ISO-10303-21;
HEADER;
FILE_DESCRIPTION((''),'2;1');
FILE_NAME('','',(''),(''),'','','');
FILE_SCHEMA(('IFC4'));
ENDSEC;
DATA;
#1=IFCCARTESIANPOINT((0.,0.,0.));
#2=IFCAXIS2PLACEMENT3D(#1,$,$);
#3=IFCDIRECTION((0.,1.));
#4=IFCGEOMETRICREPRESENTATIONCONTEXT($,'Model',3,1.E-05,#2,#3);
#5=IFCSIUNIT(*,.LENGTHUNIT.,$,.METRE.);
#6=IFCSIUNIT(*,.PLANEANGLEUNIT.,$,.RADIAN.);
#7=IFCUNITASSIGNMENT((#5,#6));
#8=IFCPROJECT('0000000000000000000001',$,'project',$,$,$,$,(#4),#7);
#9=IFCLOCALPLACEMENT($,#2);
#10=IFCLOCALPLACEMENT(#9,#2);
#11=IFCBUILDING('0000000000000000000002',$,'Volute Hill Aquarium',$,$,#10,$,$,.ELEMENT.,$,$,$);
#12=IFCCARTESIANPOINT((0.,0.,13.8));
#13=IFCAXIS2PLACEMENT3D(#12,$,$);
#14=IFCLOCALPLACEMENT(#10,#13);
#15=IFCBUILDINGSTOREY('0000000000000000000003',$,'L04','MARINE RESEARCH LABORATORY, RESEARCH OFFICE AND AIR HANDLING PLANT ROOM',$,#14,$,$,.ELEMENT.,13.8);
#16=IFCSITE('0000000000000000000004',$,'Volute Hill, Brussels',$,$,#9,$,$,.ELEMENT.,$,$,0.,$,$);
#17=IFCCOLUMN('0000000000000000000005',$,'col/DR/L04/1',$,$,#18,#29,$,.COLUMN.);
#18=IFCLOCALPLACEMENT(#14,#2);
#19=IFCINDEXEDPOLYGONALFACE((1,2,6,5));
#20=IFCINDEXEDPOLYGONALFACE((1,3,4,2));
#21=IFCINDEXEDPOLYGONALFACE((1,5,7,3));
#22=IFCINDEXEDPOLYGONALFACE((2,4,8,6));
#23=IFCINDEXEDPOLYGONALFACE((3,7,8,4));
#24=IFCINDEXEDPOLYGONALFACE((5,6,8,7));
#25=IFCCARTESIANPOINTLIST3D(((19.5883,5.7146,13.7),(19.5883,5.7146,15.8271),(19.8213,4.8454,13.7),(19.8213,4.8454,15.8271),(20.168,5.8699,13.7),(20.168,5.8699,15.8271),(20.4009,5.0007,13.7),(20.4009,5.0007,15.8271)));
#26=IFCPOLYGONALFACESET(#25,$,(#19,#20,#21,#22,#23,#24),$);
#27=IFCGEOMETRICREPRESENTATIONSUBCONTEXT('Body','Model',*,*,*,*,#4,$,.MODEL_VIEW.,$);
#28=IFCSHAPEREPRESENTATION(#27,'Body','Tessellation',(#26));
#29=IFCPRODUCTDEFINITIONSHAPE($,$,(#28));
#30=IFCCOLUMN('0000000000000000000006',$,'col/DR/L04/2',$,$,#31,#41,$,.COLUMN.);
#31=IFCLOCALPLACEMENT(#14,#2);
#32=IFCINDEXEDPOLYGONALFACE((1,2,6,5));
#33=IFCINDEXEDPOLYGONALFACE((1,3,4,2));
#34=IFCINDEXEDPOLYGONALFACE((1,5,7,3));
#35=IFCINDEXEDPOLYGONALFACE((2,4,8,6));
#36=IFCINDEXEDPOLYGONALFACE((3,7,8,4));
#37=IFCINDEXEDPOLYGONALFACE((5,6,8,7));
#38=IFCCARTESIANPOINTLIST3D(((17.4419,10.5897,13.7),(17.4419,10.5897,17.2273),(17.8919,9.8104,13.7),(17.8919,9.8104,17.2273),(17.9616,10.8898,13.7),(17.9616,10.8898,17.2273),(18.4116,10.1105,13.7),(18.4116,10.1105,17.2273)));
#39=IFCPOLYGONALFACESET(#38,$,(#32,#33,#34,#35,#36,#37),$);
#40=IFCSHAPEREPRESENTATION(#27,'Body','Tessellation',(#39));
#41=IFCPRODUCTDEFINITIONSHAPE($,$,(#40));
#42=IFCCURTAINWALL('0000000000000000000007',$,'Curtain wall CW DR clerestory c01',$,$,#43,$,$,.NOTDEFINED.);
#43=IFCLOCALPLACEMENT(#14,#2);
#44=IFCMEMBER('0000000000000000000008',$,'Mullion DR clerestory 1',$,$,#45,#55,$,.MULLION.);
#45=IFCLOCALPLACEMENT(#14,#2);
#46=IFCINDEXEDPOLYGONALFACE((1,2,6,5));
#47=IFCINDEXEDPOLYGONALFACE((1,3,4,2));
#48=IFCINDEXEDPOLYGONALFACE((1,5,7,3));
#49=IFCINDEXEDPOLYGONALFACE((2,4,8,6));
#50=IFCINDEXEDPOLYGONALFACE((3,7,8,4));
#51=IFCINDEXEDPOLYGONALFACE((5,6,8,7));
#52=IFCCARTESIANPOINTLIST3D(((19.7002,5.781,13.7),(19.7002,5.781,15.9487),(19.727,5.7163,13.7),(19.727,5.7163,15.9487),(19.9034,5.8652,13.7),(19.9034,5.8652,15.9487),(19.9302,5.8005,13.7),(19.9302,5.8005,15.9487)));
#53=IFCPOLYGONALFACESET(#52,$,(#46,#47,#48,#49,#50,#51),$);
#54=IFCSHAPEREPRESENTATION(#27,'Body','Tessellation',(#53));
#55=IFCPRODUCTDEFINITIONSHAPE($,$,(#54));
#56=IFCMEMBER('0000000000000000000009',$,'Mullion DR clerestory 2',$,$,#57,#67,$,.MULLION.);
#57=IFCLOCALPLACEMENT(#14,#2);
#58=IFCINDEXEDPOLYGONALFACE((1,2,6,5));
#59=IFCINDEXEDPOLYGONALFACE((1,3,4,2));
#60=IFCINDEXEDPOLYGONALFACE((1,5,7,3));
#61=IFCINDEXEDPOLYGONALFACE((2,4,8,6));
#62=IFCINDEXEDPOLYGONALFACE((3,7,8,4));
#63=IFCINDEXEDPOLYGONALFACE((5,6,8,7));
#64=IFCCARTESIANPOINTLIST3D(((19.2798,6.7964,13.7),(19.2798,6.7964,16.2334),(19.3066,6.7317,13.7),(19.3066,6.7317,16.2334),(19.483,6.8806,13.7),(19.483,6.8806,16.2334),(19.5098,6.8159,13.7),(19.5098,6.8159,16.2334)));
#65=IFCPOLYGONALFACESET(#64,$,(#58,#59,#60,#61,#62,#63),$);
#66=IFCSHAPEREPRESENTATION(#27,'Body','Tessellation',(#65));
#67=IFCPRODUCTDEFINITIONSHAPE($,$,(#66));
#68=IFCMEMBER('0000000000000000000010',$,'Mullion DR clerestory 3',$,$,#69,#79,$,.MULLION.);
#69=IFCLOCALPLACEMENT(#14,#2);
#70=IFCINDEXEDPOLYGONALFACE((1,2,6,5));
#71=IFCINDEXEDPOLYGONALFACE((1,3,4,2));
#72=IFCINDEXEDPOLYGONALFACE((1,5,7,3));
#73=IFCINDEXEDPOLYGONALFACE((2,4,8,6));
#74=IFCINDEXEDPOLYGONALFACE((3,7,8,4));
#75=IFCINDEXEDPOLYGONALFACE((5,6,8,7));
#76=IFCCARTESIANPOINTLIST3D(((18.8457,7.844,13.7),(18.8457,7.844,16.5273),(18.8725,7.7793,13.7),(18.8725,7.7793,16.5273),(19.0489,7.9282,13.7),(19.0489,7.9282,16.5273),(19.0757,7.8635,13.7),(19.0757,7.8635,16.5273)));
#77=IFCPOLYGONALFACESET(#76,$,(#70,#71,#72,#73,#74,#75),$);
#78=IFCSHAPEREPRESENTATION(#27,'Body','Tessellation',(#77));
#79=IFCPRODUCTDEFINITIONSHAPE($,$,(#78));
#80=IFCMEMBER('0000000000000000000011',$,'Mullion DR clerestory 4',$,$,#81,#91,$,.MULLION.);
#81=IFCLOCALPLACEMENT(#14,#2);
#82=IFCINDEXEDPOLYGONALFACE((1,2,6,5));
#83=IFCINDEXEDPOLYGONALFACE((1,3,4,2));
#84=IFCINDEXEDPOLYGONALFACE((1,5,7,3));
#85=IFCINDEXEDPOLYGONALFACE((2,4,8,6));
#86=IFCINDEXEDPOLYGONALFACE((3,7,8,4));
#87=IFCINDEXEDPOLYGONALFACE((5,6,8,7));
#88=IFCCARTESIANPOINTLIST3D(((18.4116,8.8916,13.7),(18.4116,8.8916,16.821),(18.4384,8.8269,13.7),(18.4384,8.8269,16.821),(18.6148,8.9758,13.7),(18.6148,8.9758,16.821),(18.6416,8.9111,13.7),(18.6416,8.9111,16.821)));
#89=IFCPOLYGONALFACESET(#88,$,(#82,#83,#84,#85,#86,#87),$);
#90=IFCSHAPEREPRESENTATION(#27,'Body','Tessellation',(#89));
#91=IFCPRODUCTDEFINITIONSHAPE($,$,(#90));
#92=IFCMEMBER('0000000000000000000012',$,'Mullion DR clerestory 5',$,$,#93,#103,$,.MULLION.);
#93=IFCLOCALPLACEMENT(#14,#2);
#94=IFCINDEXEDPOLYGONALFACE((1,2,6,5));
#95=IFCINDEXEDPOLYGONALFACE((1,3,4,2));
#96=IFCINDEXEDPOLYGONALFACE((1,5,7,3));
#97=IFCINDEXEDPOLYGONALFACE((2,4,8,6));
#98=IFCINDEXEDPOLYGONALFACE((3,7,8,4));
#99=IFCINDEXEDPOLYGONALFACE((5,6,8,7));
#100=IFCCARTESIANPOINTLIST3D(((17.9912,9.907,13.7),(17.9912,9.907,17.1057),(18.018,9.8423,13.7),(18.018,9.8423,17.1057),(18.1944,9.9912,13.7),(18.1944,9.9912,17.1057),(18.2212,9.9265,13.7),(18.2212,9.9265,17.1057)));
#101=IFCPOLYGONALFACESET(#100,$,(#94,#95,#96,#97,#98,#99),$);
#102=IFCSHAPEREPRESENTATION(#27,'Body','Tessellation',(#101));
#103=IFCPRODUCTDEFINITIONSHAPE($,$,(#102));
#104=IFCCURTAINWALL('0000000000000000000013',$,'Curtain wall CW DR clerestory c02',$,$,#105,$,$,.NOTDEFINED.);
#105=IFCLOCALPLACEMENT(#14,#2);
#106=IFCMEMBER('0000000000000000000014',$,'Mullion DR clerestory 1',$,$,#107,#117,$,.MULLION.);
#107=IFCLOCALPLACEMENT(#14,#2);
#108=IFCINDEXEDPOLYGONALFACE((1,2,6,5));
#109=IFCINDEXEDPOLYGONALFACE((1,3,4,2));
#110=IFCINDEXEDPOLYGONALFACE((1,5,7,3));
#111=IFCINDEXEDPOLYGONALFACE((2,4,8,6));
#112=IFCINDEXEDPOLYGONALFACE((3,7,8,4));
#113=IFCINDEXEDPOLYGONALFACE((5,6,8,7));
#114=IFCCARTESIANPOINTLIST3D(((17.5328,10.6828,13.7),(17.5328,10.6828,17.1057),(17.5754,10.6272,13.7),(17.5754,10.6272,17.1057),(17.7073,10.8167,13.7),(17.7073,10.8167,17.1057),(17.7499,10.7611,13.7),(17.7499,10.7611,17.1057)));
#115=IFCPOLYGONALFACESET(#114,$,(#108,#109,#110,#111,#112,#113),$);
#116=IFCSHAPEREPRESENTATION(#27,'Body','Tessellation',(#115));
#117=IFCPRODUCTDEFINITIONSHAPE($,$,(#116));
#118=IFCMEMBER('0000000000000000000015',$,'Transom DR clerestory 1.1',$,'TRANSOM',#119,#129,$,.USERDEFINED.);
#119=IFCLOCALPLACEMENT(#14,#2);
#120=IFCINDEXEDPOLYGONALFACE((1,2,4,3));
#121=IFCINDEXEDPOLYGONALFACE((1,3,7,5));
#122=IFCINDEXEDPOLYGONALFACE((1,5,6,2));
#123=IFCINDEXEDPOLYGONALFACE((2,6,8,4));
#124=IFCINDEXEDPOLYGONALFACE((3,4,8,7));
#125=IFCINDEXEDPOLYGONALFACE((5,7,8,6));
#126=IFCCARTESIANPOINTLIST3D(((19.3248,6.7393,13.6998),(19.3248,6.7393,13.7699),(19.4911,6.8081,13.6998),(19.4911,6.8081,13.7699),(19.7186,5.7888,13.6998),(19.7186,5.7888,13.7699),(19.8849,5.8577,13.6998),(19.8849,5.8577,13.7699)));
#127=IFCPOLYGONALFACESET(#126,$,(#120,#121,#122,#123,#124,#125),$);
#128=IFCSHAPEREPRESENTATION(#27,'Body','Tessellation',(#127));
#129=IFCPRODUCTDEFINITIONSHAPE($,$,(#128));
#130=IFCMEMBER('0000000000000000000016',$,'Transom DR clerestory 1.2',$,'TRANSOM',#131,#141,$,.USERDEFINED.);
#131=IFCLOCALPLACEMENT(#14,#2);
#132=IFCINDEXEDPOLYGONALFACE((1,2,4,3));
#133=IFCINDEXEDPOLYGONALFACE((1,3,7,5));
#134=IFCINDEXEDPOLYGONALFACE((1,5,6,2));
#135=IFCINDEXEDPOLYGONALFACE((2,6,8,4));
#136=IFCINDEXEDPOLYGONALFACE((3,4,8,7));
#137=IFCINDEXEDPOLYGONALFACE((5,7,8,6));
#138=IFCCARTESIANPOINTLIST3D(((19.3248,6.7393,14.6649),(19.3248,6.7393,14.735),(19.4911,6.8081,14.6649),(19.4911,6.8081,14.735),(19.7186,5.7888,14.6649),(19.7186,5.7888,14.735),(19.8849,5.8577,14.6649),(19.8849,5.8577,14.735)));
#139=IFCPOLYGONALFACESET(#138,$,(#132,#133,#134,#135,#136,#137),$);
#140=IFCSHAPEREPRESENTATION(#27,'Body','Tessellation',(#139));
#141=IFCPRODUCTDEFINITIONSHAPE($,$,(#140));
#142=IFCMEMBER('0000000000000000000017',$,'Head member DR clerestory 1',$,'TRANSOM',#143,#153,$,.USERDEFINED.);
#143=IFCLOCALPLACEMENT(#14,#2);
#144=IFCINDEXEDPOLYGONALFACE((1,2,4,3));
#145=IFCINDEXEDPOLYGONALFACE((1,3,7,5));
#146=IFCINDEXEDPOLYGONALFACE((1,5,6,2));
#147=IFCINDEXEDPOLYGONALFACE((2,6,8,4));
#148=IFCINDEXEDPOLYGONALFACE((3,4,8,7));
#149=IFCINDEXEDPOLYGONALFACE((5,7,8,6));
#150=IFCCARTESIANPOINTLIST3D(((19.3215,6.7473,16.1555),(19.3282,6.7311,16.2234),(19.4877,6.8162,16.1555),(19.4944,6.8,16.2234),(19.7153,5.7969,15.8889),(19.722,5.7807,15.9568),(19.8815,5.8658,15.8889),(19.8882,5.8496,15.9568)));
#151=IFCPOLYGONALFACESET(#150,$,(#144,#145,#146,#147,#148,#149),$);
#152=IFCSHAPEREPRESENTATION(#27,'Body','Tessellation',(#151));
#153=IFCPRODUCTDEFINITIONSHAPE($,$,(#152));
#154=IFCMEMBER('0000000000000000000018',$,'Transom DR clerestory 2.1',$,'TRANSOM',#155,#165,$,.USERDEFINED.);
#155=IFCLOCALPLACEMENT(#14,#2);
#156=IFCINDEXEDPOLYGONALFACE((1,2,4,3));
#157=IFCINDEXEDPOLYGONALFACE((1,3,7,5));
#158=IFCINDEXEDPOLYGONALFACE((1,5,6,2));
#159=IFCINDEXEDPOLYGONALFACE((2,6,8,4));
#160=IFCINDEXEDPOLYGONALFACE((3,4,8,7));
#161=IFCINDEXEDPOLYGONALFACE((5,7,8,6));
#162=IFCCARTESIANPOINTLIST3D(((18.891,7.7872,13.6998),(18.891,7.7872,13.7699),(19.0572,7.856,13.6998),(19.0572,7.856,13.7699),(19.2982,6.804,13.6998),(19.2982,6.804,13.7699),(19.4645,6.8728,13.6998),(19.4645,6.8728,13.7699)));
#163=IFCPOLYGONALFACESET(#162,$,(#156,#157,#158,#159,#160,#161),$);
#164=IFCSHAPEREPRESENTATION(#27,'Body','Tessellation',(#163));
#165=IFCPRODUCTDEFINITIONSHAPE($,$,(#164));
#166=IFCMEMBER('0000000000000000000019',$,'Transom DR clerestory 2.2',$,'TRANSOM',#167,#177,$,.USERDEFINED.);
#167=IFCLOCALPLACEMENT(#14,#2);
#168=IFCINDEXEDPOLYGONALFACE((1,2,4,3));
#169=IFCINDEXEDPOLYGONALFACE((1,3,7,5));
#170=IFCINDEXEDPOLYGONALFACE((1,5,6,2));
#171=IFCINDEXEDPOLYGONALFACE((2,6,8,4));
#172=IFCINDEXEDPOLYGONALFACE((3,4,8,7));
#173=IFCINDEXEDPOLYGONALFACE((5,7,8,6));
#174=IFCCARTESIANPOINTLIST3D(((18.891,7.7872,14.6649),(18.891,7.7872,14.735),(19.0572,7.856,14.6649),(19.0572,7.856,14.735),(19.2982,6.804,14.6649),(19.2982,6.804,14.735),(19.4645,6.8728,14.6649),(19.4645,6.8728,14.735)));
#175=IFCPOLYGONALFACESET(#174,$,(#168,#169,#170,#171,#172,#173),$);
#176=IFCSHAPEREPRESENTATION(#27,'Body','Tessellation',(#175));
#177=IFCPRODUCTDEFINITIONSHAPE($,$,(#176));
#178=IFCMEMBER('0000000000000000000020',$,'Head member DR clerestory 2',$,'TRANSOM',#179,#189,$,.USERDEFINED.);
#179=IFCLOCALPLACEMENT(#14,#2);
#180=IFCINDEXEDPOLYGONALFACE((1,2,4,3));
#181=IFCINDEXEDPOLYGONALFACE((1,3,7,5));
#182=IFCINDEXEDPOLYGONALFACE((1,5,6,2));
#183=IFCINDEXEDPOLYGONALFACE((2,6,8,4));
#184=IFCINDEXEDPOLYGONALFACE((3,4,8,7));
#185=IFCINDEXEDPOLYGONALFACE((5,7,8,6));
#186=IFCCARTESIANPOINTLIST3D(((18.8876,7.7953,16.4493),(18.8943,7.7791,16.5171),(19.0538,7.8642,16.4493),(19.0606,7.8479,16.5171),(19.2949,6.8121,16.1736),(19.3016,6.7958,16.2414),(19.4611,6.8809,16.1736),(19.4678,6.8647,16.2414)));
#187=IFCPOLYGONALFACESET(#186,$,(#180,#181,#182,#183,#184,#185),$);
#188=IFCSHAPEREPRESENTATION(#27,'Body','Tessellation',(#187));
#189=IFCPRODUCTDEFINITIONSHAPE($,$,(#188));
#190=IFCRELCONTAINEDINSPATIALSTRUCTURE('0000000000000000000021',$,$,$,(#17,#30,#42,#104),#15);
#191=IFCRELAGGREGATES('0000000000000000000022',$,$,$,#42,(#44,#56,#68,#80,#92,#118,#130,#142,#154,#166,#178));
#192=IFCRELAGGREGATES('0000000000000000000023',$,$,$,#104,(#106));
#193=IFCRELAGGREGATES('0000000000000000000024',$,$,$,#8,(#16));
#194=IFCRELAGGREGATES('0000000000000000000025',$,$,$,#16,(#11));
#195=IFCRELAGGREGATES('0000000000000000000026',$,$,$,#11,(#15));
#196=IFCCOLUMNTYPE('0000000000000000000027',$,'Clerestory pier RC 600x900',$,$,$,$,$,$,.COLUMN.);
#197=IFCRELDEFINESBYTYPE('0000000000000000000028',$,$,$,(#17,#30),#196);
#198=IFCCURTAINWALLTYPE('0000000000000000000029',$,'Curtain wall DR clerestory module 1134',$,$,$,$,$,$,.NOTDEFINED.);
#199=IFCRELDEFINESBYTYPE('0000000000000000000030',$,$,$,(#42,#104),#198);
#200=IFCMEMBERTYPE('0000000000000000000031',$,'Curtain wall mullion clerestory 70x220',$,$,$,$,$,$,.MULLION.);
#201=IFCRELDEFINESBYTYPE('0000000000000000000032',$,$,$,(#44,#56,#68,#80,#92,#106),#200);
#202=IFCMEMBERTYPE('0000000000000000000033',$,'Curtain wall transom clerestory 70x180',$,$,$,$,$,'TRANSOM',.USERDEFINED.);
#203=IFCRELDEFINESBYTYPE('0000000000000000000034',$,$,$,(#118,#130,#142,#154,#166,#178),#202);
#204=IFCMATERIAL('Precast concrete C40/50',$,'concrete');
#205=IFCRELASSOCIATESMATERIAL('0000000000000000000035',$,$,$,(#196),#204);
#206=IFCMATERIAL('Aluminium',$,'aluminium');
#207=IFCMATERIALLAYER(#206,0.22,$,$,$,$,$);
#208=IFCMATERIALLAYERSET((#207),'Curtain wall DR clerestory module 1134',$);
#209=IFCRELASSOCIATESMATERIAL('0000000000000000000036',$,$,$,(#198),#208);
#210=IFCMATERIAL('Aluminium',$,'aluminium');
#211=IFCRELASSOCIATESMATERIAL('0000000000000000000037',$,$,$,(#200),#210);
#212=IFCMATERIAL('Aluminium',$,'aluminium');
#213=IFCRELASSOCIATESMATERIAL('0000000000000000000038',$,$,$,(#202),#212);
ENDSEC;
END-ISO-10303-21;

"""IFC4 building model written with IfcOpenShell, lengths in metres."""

from ifc_helpers import new_model, si_unit, direction, frame, origin, origin_2d, place, context, subcontext, project, spatial, rectangle, extrude, material, layer, layer_set, material_profile, profile_set, type_object, element, aggregate, save


model = new_model("IFC4")

# Units and contexts
model_context = context("Model", 3, precision=1e-05, world=origin(), true_north=direction((0.0, 1.0)))
body_context = subcontext(model_context, "Body", "Model", "MODEL_VIEW")
ifc_project = project(units=[si_unit("LENGTHUNIT", "METRE"), si_unit("PLANEANGLEUNIT", "RADIAN")], contexts=[model_context])

# Site, building, storey
site_placement = place(None, origin())
site = spatial("IfcSite", under=ifc_project, at=site_placement, Name="Volute Hill, Brussels", CompositionType="ELEMENT", RefElevation=0.0)
building_placement = place(site_placement, origin())
building = spatial("IfcBuilding", under=site, at=building_placement, Name="Volute Hill Aquarium", CompositionType="ELEMENT")
storey_placement = place(building_placement, frame((0.0, 0.0, 13.8)))
storey = spatial("IfcBuildingStorey", under=building, at=storey_placement, Name="L04", Description="MARINE RESEARCH LABORATORY, RESEARCH OFFICE AND AIR HANDLING PLANT ROOM", CompositionType="ELEMENT", Elevation=13.8)

# Columns
ifc_material_1 = material(Name="Precast concrete C40/50", Category="concrete")
ifc_material_profile_1 = material_profile(ifc_material_1, rectangle(XDim=0.6001, YDim=0.8999, at=origin_2d()), Name="RC pier 600x900")
ifc_profile_set_1 = profile_set([ifc_material_profile_1], Name="Precast concrete C40/50")
column_type = type_object("IfcColumnType", Name="Clerestory pier RC 600x900", PredefinedType="COLUMN", material=ifc_profile_set_1)
column_1_placement = place(storey_placement, frame((19.9946, 5.3577, 13.7), z_axis=(0.0, 0.0, 1.0), x_axis=(0.965926, 0.258819, 0.0)))
element("IfcColumn", 1, at=column_1_placement, inside=storey, type_object=column_type, Name="col/DR/L04/1", PredefinedType="COLUMN", context=body_context, shape_type="SweptSolid", body=[
    extrude(rectangle(XDim=0.6001, YDim=0.8999, at=origin_2d()), origin(), (0.0, 0.0, 1.0), 2.1272),
])
column_2_placement = place(storey_placement, frame((17.9268, 10.3501, 13.7), z_axis=(0.0, 0.0, 1.0), x_axis=(0.866025, 0.5, 0.0)))
element("IfcColumn", 2, at=column_2_placement, inside=storey, type_object=column_type, Name="col/DR/L04/2", PredefinedType="COLUMN", context=body_context, shape_type="SweptSolid", body=[
    extrude(rectangle(XDim=0.6001, YDim=0.8999, at=origin_2d()), origin(), (0.0, 0.0, 1.0), 3.5273),
])

# Curtain wall, members
ifc_material_2 = material(Name="Aluminium", Category="aluminium")
ifc_layer_1 = layer(ifc_material_2, 0.22)
ifc_layer_set_1 = layer_set([ifc_layer_1], Name="Curtain wall DR clerestory module 1134")
curtain_wall_type = type_object("IfcCurtainWallType", Name="Curtain wall DR clerestory module 1134", PredefinedType="NOTDEFINED", material=ifc_layer_set_1)
curtain_wall_1_placement = place(storey_placement, origin())
curtain_wall_1 = element("IfcCurtainWall", 3, at=curtain_wall_1_placement, inside=storey, type_object=curtain_wall_type, Name="Curtain wall CW DR clerestory c01", PredefinedType="NOTDEFINED")
ifc_material_3 = material(Name="Aluminium", Category="aluminium")
ifc_material_profile_2 = material_profile(ifc_material_3, rectangle(XDim=0.22, YDim=0.0701, at=origin_2d()), Name="Curtain wall mullion clerestory 70x220")
ifc_profile_set_2 = profile_set([ifc_material_profile_2], Name="Aluminium")
member_type_1 = type_object("IfcMemberType", Name="Curtain wall mullion clerestory 70x220", PredefinedType="MULLION", material=ifc_profile_set_2)
member_1_placement = place(storey_placement, frame((19.8152, 5.7908, 13.7), z_axis=(0.0, 0.0, 1.0), x_axis=(-0.923874, -0.382696, 0.0)))
member_1 = element("IfcMember", 4, at=member_1_placement, type_object=member_type_1, Name="Mullion DR clerestory 1", PredefinedType="MULLION", context=body_context, shape_type="SweptSolid", body=[
    extrude(rectangle(XDim=0.22, YDim=0.0701, at=origin_2d()), origin(), (0.0, 0.0, 1.0), 2.2488),
])
member_2_placement = place(storey_placement, frame((19.3948, 6.8062, 13.7), z_axis=(0.0, 0.0, 1.0), x_axis=(-0.923874, -0.382696, 0.0)))
member_2 = element("IfcMember", 5, at=member_2_placement, type_object=member_type_1, Name="Mullion DR clerestory 2", PredefinedType="MULLION", context=body_context, shape_type="SweptSolid", body=[
    extrude(rectangle(XDim=0.22, YDim=0.0701, at=origin_2d()), origin(), (0.0, 0.0, 1.0), 2.5334),
])
member_3_placement = place(storey_placement, frame((18.9607, 7.8538, 13.7), z_axis=(0.0, 0.0, 1.0), x_axis=(-0.923874, -0.382696, 0.0)))
member_3 = element("IfcMember", 6, at=member_3_placement, type_object=member_type_1, Name="Mullion DR clerestory 3", PredefinedType="MULLION", context=body_context, shape_type="SweptSolid", body=[
    extrude(rectangle(XDim=0.22, YDim=0.0701, at=origin_2d()), origin(), (0.0, 0.0, 1.0), 2.8274),
])
member_4_placement = place(storey_placement, frame((18.5266, 8.9014, 13.7), z_axis=(0.0, 0.0, 1.0), x_axis=(-0.923874, -0.382696, 0.0)))
member_4 = element("IfcMember", 7, at=member_4_placement, type_object=member_type_1, Name="Mullion DR clerestory 4", PredefinedType="MULLION", context=body_context, shape_type="SweptSolid", body=[
    extrude(rectangle(XDim=0.22, YDim=0.0701, at=origin_2d()), origin(), (0.0, 0.0, 1.0), 3.1211),
])
member_5_placement = place(storey_placement, frame((18.1062, 9.9167, 13.7), z_axis=(0.0, 0.0, 1.0), x_axis=(-0.923874, -0.382696, 0.0)))
member_5 = element("IfcMember", 8, at=member_5_placement, type_object=member_type_1, Name="Mullion DR clerestory 5", PredefinedType="MULLION", context=body_context, shape_type="SweptSolid", body=[
    extrude(rectangle(XDim=0.22, YDim=0.0701, at=origin_2d()), origin(), (0.0, 0.0, 1.0), 3.4058),
])

# Curtain wall, member
curtain_wall_2_placement = place(storey_placement, origin())
curtain_wall_2 = element("IfcCurtainWall", 9, at=curtain_wall_2_placement, inside=storey, type_object=curtain_wall_type, Name="Curtain wall CW DR clerestory c02", PredefinedType="NOTDEFINED")
member_6_placement = place(storey_placement, frame((17.6414, 10.7219, 13.7), z_axis=(0.0, 0.0, 1.0), x_axis=(-0.793354, -0.608761, 0.0)))
member_6 = element("IfcMember", 10, at=member_6_placement, type_object=member_type_1, Name="Mullion DR clerestory 1", PredefinedType="MULLION", context=body_context, shape_type="SweptSolid", body=[
    extrude(rectangle(XDim=0.22, YDim=0.0701, at=origin_2d()), origin(), (0.0, 0.0, 1.0), 3.4058),
])

# Members
ifc_material_4 = material(Name="Aluminium", Category="aluminium")
ifc_material_profile_3 = material_profile(ifc_material_4, rectangle(XDim=0.1799, YDim=0.0701, at=origin_2d()), Name="Curtain wall transom clerestory 70x180")
ifc_profile_set_3 = profile_set([ifc_material_profile_3], Name="Aluminium")
member_type_2 = type_object("IfcMemberType", Name="Curtain wall transom clerestory 70x180", ElementType="TRANSOM", PredefinedType="USERDEFINED", material=ifc_profile_set_3)
member_7_placement = place(storey_placement, frame((19.8018, 5.8232, 13.7349), z_axis=(-0.382778, 0.92384, 0.0), x_axis=(-0.92384, -0.382778, 0.0)))
member_7 = element("IfcMember", 11, at=member_7_placement, type_object=member_type_2, Name="Transom DR clerestory 1.1", ObjectType="TRANSOM", PredefinedType="USERDEFINED", context=body_context, shape_type="SweptSolid", body=[
    extrude(rectangle(XDim=0.1799, YDim=0.0701, at=origin_2d()), origin(), (0.0, 0.0, 1.0), 1.0288),
])
member_8_placement = place(storey_placement, frame((19.8018, 5.8232, 14.7), z_axis=(-0.382778, 0.92384, 0.0), x_axis=(-0.92384, -0.382778, 0.0)))
member_8 = element("IfcMember", 12, at=member_8_placement, type_object=member_type_2, Name="Transom DR clerestory 1.2", ObjectType="TRANSOM", PredefinedType="USERDEFINED", context=body_context, shape_type="SweptSolid", body=[
    extrude(rectangle(XDim=0.1799, YDim=0.0701, at=origin_2d()), origin(), (0.0, 0.0, 1.0), 1.0288),
])
member_9_placement = place(storey_placement, frame((19.8018, 5.8232, 15.9229), z_axis=(-0.370539, 0.8943, 0.250854), x_axis=(-0.92384, -0.382778, 0.0)))
member_9 = element("IfcMember", 13, at=member_9_placement, type_object=member_type_2, Name="Head member DR clerestory 1", ObjectType="TRANSOM", PredefinedType="USERDEFINED", context=body_context, shape_type="SweptSolid", body=[
    extrude(rectangle(XDim=0.1799, YDim=0.0701, at=origin_2d()), origin(), (0.0, 0.0, 1.0), 1.0627),
])
member_10_placement = place(storey_placement, frame((19.3813, 6.8384, 13.7349), z_axis=(-0.382676, 0.923883, 0.0), x_axis=(-0.923883, -0.382676, 0.0)))
member_10 = element("IfcMember", 14, at=member_10_placement, type_object=member_type_2, Name="Transom DR clerestory 2.1", ObjectType="TRANSOM", PredefinedType="USERDEFINED", context=body_context, shape_type="SweptSolid", body=[
    extrude(rectangle(XDim=0.1799, YDim=0.0701, at=origin_2d()), origin(), (0.0, 0.0, 1.0), 1.0642),
])
member_11_placement = place(storey_placement, frame((19.3813, 6.8384, 14.7), z_axis=(-0.382676, 0.923883, 0.0), x_axis=(-0.923883, -0.382676, 0.0)))
member_11 = element("IfcMember", 15, at=member_11_placement, type_object=member_type_2, Name="Transom DR clerestory 2.2", ObjectType="TRANSOM", PredefinedType="USERDEFINED", context=body_context, shape_type="SweptSolid", body=[
    extrude(rectangle(XDim=0.1799, YDim=0.0701, at=origin_2d()), origin(), (0.0, 0.0, 1.0), 1.0642),
])
member_12_placement = place(storey_placement, frame((19.3813, 6.8384, 16.2075), z_axis=(-0.370451, 0.894368, 0.250743), x_axis=(-0.923883, -0.382676, 0.0)))
member_12 = element("IfcMember", 16, at=member_12_placement, type_object=member_type_2, Name="Head member DR clerestory 2", ObjectType="TRANSOM", PredefinedType="USERDEFINED", context=body_context, shape_type="SweptSolid", body=[
    extrude(rectangle(XDim=0.1799, YDim=0.0701, at=origin_2d()), origin(), (0.0, 0.0, 1.0), 1.0994),
])

aggregate(curtain_wall_1, [member_1, member_2, member_3, member_4, member_5, member_7, member_8, member_9, member_10, member_11, member_12])
aggregate(curtain_wall_2, [member_6])

save(model, "model.ifc")
